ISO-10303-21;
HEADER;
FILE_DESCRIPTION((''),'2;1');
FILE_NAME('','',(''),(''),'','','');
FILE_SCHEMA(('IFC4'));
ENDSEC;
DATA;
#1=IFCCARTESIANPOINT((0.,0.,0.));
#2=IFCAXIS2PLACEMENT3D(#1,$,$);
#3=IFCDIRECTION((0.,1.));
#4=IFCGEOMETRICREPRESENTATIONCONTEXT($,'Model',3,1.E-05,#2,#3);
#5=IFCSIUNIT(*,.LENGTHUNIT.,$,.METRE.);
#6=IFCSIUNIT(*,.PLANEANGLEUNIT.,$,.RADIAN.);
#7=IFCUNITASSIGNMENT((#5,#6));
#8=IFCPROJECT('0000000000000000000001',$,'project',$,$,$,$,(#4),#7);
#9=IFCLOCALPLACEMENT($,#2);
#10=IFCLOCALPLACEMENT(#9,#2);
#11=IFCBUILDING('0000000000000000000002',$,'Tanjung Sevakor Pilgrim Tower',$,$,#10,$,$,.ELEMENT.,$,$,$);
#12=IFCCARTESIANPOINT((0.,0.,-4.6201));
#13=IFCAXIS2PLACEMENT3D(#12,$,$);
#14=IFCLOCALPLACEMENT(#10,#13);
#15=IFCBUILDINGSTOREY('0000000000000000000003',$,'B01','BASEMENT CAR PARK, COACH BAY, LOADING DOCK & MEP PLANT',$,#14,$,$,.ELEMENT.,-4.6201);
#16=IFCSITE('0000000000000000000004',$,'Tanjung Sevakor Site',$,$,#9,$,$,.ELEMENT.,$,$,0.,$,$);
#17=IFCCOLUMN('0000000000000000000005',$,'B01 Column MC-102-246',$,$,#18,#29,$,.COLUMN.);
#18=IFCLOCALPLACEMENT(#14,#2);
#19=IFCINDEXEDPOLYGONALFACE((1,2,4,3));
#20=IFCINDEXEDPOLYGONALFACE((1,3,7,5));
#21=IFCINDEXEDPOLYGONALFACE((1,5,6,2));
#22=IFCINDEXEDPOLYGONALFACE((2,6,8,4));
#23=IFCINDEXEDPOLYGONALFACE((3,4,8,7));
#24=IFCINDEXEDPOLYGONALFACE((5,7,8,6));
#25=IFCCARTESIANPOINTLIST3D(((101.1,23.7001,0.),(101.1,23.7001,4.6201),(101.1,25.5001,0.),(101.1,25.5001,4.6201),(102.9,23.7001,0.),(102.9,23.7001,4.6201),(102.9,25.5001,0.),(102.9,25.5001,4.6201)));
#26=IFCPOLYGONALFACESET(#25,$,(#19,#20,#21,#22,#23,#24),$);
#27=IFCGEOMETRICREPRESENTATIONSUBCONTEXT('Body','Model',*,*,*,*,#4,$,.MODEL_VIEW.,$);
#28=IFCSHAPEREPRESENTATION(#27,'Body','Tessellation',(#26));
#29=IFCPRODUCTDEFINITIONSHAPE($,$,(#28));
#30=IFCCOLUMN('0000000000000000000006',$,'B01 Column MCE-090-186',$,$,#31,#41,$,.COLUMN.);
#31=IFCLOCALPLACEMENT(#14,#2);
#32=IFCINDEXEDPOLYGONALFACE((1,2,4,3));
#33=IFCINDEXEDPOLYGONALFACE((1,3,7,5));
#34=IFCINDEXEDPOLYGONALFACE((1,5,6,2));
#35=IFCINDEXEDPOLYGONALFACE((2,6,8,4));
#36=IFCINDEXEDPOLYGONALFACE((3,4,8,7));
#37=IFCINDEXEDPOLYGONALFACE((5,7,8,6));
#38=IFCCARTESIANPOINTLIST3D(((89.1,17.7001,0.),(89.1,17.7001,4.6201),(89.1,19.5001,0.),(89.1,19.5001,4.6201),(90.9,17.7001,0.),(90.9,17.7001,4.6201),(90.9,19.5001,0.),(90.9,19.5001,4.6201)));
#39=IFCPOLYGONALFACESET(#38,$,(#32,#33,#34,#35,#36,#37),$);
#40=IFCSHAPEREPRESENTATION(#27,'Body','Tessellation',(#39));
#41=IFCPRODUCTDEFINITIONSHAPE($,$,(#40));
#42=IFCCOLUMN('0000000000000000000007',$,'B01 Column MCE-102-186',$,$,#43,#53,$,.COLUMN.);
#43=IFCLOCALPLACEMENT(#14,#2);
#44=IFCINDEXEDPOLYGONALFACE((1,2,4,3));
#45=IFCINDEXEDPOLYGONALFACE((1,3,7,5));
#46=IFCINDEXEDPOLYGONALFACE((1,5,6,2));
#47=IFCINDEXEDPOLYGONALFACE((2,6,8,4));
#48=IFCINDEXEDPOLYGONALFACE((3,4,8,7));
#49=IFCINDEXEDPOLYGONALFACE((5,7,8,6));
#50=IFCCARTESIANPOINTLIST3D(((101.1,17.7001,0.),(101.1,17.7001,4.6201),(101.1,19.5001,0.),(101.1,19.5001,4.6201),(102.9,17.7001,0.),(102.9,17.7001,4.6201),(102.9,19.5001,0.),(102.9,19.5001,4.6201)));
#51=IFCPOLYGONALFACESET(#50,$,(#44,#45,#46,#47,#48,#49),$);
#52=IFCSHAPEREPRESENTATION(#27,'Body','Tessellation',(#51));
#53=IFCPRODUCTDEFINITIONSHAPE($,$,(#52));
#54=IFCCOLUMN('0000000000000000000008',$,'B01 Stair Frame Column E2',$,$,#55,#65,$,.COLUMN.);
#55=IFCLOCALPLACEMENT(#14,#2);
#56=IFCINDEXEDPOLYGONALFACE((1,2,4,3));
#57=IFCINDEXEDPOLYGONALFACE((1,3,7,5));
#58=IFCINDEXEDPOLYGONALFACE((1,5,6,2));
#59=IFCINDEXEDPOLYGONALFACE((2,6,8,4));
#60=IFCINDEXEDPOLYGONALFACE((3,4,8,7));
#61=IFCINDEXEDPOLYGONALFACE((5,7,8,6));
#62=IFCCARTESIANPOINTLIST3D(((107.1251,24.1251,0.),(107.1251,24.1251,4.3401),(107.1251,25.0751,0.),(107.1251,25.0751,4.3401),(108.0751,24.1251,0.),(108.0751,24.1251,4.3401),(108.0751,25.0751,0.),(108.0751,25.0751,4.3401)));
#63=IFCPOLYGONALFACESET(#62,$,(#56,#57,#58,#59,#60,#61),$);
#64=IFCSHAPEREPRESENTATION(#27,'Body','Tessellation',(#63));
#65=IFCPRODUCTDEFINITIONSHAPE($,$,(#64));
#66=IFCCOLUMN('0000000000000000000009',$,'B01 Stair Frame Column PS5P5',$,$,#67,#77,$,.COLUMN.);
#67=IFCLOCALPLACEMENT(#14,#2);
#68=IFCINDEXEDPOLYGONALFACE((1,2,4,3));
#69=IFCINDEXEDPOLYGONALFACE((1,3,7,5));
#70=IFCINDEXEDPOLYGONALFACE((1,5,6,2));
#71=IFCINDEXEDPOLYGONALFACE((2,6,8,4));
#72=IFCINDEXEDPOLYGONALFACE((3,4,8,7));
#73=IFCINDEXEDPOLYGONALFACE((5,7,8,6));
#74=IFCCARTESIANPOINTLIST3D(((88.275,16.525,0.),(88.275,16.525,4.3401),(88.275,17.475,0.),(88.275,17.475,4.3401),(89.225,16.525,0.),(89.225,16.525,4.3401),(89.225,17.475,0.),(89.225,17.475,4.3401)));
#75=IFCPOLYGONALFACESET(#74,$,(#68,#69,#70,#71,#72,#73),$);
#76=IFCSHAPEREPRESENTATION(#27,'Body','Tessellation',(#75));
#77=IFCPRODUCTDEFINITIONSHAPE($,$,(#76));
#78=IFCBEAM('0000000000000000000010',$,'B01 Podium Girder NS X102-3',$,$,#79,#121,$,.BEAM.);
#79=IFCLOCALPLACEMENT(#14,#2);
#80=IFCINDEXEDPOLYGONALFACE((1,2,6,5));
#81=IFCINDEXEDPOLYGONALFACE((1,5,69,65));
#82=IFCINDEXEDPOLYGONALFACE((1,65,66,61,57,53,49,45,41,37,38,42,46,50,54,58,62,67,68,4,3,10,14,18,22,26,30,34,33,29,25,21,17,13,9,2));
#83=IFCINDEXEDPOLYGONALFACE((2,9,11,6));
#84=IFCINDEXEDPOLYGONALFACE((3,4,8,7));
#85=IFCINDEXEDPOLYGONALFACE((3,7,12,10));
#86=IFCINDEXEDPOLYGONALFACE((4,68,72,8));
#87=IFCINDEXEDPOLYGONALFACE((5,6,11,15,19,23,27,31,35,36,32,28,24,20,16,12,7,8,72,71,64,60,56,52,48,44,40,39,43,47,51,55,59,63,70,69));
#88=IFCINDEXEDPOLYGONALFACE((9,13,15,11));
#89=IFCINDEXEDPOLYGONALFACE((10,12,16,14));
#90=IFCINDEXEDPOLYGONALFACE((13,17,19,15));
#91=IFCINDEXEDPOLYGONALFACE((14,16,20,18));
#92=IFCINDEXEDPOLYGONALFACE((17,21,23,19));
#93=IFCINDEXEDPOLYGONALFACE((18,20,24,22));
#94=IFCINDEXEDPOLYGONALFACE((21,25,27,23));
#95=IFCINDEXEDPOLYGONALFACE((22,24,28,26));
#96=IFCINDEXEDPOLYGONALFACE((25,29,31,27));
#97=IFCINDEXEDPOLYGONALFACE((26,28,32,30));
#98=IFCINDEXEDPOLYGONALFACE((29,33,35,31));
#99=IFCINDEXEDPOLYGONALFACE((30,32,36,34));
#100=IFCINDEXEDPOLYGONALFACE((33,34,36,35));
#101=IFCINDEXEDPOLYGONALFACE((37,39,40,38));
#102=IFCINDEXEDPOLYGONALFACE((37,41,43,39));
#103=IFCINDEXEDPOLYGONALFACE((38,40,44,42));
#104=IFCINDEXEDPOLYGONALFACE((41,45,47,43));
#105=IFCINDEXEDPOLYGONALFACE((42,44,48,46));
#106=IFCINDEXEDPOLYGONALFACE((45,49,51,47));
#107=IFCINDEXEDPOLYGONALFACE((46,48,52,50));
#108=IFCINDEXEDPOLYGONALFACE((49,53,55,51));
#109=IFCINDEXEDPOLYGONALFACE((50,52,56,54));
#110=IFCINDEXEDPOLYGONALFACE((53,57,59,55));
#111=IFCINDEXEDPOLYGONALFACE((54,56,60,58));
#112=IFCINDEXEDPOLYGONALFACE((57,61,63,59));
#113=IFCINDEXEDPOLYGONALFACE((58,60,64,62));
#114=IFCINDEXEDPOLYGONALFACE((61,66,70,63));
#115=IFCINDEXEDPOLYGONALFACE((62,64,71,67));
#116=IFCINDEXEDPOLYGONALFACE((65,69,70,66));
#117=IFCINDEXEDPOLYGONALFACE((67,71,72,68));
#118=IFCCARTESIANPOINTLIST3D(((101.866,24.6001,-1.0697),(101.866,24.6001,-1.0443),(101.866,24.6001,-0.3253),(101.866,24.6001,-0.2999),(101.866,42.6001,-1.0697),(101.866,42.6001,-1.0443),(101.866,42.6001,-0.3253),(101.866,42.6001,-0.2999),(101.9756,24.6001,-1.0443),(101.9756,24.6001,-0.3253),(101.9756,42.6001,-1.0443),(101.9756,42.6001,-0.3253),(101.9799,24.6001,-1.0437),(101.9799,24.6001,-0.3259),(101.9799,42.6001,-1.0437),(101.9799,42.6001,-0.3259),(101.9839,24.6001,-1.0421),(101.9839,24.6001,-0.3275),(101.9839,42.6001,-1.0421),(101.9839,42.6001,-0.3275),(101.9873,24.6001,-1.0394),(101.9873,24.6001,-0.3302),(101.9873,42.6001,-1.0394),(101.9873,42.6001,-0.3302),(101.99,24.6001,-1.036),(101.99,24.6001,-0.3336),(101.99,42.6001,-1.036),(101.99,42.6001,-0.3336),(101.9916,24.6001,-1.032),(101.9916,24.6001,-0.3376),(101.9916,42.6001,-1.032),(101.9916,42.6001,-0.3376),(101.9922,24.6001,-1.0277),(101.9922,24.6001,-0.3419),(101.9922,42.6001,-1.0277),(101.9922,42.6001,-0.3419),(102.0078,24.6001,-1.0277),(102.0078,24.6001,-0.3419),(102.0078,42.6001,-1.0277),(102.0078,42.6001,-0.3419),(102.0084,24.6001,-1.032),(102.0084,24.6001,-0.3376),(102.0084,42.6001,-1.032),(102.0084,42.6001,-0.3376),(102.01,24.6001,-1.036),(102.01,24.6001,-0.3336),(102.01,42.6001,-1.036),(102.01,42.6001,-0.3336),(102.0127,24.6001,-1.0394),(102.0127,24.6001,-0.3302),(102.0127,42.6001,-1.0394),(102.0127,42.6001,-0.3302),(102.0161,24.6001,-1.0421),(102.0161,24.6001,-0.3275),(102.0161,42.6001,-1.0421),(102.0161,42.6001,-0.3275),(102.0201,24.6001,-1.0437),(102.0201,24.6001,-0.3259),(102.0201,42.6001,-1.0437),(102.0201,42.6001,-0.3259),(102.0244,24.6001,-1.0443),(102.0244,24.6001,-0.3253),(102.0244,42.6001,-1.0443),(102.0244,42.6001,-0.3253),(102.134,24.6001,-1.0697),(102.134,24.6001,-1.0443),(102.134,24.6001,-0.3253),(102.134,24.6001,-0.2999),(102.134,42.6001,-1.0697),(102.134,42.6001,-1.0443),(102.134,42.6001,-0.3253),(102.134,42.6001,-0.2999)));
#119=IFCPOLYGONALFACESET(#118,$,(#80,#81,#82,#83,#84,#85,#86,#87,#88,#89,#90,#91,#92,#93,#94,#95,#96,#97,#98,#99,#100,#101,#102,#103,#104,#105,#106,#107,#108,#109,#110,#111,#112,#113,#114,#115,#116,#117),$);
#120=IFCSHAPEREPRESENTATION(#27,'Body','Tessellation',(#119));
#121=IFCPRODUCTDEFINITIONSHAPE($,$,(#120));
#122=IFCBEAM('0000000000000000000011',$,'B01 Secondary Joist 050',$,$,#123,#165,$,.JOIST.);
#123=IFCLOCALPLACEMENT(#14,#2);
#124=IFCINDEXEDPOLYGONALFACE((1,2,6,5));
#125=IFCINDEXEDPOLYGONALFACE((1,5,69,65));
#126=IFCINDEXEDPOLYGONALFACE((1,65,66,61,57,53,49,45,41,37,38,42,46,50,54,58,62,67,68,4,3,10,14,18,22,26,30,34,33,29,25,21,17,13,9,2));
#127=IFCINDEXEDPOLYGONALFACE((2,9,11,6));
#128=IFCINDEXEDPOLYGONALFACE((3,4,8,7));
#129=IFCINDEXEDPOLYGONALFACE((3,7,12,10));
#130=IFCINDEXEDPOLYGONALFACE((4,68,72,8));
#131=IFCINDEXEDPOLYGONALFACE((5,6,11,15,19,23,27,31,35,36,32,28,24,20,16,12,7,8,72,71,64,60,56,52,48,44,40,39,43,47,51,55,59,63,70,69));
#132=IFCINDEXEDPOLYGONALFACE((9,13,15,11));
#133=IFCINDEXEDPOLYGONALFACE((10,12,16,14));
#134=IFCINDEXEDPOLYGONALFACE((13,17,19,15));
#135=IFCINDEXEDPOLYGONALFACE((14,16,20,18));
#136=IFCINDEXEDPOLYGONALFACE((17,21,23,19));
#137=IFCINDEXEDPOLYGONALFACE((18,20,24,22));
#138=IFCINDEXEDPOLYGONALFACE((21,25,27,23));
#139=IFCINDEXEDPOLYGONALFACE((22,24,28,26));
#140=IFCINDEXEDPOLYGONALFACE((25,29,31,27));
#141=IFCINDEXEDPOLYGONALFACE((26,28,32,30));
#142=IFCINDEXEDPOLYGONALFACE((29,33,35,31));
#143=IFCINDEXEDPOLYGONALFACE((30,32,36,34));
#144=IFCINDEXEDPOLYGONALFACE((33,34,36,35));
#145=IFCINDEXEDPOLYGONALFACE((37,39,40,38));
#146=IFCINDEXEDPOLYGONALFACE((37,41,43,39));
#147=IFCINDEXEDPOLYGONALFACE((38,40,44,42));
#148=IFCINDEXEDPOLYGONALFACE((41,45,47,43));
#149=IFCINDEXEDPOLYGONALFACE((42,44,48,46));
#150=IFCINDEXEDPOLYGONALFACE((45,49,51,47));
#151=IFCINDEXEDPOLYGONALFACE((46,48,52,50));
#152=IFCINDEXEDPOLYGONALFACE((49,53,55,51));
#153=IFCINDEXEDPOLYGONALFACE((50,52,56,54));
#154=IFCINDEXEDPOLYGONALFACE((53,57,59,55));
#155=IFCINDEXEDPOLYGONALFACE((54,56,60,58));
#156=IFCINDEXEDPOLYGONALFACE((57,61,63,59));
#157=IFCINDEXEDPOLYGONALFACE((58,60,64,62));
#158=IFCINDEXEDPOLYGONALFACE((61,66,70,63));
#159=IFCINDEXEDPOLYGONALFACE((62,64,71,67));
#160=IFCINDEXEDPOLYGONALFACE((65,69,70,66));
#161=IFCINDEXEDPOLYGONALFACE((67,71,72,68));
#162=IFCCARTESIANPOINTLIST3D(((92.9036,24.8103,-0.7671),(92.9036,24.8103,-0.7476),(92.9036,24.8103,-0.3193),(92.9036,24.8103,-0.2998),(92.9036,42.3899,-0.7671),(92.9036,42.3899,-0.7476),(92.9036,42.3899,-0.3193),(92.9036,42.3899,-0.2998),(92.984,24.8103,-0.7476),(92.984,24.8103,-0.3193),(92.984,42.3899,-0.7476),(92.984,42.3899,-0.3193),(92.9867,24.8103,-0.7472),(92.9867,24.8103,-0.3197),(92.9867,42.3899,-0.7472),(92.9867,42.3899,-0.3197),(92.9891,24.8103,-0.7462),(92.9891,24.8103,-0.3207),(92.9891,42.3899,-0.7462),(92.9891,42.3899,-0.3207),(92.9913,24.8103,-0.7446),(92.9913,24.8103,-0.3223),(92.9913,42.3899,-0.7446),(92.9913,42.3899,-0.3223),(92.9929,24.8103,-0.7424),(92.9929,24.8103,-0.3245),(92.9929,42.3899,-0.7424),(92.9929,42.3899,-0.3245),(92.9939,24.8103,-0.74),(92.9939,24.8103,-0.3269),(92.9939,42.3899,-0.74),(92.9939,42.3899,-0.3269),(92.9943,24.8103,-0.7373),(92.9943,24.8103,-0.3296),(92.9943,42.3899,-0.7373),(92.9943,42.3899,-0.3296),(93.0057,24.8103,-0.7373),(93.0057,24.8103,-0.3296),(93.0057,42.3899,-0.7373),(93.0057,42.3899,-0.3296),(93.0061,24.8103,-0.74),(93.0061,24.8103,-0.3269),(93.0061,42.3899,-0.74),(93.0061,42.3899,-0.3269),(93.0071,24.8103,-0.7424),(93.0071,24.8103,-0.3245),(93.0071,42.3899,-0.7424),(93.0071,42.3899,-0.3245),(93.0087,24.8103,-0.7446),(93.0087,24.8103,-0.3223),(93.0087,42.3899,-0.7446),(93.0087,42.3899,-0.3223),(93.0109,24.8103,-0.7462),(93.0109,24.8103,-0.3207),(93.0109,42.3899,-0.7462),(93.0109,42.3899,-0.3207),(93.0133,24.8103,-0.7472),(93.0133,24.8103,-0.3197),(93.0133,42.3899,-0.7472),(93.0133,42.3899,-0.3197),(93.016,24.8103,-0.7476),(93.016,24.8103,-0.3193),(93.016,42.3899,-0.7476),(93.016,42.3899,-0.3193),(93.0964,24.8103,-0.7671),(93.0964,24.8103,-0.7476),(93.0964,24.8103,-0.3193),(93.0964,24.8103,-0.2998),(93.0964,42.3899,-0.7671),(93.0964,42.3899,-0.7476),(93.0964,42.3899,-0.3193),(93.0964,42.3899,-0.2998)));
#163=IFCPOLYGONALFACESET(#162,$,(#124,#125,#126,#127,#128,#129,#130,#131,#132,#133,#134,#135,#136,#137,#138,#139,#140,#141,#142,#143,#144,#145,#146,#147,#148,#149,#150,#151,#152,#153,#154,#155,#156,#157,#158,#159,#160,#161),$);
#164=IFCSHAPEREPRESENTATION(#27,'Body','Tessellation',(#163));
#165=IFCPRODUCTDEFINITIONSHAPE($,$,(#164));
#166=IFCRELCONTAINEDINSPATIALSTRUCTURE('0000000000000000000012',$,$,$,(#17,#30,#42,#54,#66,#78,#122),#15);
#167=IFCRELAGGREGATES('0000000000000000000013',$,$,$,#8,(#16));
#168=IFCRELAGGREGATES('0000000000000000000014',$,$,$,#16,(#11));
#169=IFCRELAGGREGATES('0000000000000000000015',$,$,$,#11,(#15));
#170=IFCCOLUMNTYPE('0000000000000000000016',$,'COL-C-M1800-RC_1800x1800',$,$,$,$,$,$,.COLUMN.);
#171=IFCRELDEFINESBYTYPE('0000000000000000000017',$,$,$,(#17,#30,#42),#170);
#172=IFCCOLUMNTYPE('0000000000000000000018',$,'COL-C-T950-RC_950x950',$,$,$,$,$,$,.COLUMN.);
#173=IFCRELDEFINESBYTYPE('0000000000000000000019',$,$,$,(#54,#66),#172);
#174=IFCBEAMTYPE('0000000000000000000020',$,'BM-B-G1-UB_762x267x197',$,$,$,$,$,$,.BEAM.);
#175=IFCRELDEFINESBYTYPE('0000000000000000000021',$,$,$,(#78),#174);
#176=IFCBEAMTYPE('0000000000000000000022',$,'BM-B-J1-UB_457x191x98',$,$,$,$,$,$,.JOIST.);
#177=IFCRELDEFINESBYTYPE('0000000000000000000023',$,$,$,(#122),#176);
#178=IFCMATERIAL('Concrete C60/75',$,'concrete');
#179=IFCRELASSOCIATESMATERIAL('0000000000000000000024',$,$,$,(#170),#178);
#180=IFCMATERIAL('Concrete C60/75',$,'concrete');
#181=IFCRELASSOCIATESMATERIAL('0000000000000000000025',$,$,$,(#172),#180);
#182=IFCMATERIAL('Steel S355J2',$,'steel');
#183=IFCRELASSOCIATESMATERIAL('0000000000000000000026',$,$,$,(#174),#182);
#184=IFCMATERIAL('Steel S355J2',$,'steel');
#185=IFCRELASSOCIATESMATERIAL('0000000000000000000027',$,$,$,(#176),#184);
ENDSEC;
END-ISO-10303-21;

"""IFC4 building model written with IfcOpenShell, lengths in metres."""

from ifc_helpers import new_model, si_unit, direction, frame, origin, origin_2d, place, context, subcontext, project, spatial, rectangle, i_section, extrude, material, material_profile, profile_set, type_object, element, save


model = new_model("IFC4")

# Units and contexts
model_context = context("Model", 3, precision=1e-05, world=origin(), true_north=direction((0.0, 1.0)))
body_context = subcontext(model_context, "Body", "Model", "MODEL_VIEW")
ifc_project = project(units=[si_unit("LENGTHUNIT", "METRE"), si_unit("PLANEANGLEUNIT", "RADIAN")], contexts=[model_context])

# Site, building, storey
site_placement = place(None, origin())
site = spatial("IfcSite", under=ifc_project, at=site_placement, Name="Tanjung Sevakor Site", CompositionType="ELEMENT", RefElevation=0.0)
building_placement = place(site_placement, origin())
building = spatial("IfcBuilding", under=site, at=building_placement, Name="Tanjung Sevakor Pilgrim Tower", CompositionType="ELEMENT")
storey_placement = place(building_placement, frame((0.0, 0.0, -4.6201)))
storey = spatial("IfcBuildingStorey", under=building, at=storey_placement, Name="B01", Description="BASEMENT CAR PARK, COACH BAY, LOADING DOCK & MEP PLANT", CompositionType="ELEMENT", Elevation=-4.6201)

# Columns
ifc_material_1 = material(Name="Concrete C60/75", Category="concrete")
ifc_material_profile_1 = material_profile(ifc_material_1, rectangle(XDim=1.8, YDim=1.8, at=origin_2d()))
ifc_profile_set_1 = profile_set([ifc_material_profile_1], Name="Concrete C60/75")
column_type_1 = type_object("IfcColumnType", Name="COL-C-M1800-RC_1800x1800", PredefinedType="COLUMN", material=ifc_profile_set_1)
for number, where, z_axis, x_axis, name in (
    (1, (102.0, 24.6001, 0.0), (0.0, 0.0, 1.0), (1.0, 0.0, 0.0), "B01 Column MC-102-246"),
    (2, (90.0, 18.6001, 0.0), (0.0, 0.0, 1.0), (1.0, 0.0, 0.0), "B01 Column MCE-090-186"),
    (3, (102.0, 18.6001, 0.0), (0.0, 0.0, 1.0), (1.0, 0.0, 0.0), "B01 Column MCE-102-186"),
):
    element("IfcColumn", number, at=place(storey_placement, frame(where, z_axis=z_axis, x_axis=x_axis)), inside=storey, type_object=column_type_1, Name=name, PredefinedType="COLUMN", context=body_context, shape_type="SweptSolid", body=[
        extrude(rectangle(XDim=1.8, YDim=1.8, at=origin_2d()), origin(), (0.0, 0.0, 1.0), 4.6201),
    ])
ifc_material_2 = material(Name="Concrete C60/75", Category="concrete")
ifc_material_profile_2 = material_profile(ifc_material_2, rectangle(XDim=0.95, YDim=0.95, at=origin_2d()))
ifc_profile_set_2 = profile_set([ifc_material_profile_2], Name="Concrete C60/75")
column_type_2 = type_object("IfcColumnType", Name="COL-C-T950-RC_950x950", PredefinedType="COLUMN", material=ifc_profile_set_2)
for number, where, z_axis, x_axis, name in (
    (4, (107.6001, 24.6001, 0.0), (0.0, 0.0, 1.0), (1.0, 0.0, 0.0), "B01 Stair Frame Column E2"),
    (5, (88.75, 17.0, 0.0), (0.0, 0.0, 1.0), (1.0, 0.0, 0.0), "B01 Stair Frame Column PS5P5"),
):
    element("IfcColumn", number, at=place(storey_placement, frame(where, z_axis=z_axis, x_axis=x_axis)), inside=storey, type_object=column_type_2, Name=name, PredefinedType="COLUMN", context=body_context, shape_type="SweptSolid", body=[
        extrude(rectangle(XDim=0.95, YDim=0.95, at=origin_2d()), origin(), (0.0, 0.0, 1.0), 4.3401),
    ])

# Beams
ifc_material_3 = material(Name="Steel S355J2", Category="steel")
ifc_material_profile_3 = material_profile(ifc_material_3, i_section(OverallWidth=0.2681, OverallDepth=0.7698, WebThickness=0.0156, FlangeThickness=0.0254, FilletRadius=0.0166, at=origin_2d()))
ifc_profile_set_3 = profile_set([ifc_material_profile_3], Name="Steel S355J2")
beam_type_1 = type_object("IfcBeamType", Name="BM-B-G1-UB_762x267x197", PredefinedType="BEAM", material=ifc_profile_set_3)
beam_1_placement = place(storey_placement, frame((102.0, 24.6001, -0.6848), z_axis=(0.0, 1.0, 0.0), x_axis=(-1.0, 0.0, 0.0)))
element("IfcBeam", 6, at=beam_1_placement, inside=storey, type_object=beam_type_1, Name="B01 Podium Girder NS X102-3", PredefinedType="BEAM", context=body_context, shape_type="SweptSolid", body=[
    extrude(i_section(OverallWidth=0.2681, OverallDepth=0.7698, WebThickness=0.0156, FlangeThickness=0.0254, FilletRadius=0.0166, at=origin_2d()), origin(), (0.0, 0.0, 1.0), 18.0),
])
ifc_material_4 = material(Name="Steel S355J2", Category="steel")
ifc_material_profile_4 = material_profile(ifc_material_4, i_section(OverallWidth=0.1929, OverallDepth=0.4673, WebThickness=0.0115, FlangeThickness=0.0195, FilletRadius=0.0103, at=origin_2d()))
ifc_profile_set_4 = profile_set([ifc_material_profile_4], Name="Steel S355J2")
beam_type_2 = type_object("IfcBeamType", Name="BM-B-J1-UB_457x191x98", PredefinedType="JOIST", material=ifc_profile_set_4)
for number, where, z_axis, x_axis, name in (
    (7, (93.0, 24.8103, -0.5334), (0.0, 1.0, 0.0), (-1.0, 0.0, 0.0), "B01 Secondary Joist 050"),
):
    element("IfcBeam", number, at=place(storey_placement, frame(where, z_axis=z_axis, x_axis=x_axis)), inside=storey, type_object=beam_type_2, Name=name, PredefinedType="JOIST", context=body_context, shape_type="SweptSolid", body=[
        extrude(i_section(OverallWidth=0.1929, OverallDepth=0.4673, WebThickness=0.0115, FlangeThickness=0.0195, FilletRadius=0.0103, at=origin_2d()), origin(), (0.0, 0.0, 1.0), 17.5796),
    ])

save(model, "model.ifc")
